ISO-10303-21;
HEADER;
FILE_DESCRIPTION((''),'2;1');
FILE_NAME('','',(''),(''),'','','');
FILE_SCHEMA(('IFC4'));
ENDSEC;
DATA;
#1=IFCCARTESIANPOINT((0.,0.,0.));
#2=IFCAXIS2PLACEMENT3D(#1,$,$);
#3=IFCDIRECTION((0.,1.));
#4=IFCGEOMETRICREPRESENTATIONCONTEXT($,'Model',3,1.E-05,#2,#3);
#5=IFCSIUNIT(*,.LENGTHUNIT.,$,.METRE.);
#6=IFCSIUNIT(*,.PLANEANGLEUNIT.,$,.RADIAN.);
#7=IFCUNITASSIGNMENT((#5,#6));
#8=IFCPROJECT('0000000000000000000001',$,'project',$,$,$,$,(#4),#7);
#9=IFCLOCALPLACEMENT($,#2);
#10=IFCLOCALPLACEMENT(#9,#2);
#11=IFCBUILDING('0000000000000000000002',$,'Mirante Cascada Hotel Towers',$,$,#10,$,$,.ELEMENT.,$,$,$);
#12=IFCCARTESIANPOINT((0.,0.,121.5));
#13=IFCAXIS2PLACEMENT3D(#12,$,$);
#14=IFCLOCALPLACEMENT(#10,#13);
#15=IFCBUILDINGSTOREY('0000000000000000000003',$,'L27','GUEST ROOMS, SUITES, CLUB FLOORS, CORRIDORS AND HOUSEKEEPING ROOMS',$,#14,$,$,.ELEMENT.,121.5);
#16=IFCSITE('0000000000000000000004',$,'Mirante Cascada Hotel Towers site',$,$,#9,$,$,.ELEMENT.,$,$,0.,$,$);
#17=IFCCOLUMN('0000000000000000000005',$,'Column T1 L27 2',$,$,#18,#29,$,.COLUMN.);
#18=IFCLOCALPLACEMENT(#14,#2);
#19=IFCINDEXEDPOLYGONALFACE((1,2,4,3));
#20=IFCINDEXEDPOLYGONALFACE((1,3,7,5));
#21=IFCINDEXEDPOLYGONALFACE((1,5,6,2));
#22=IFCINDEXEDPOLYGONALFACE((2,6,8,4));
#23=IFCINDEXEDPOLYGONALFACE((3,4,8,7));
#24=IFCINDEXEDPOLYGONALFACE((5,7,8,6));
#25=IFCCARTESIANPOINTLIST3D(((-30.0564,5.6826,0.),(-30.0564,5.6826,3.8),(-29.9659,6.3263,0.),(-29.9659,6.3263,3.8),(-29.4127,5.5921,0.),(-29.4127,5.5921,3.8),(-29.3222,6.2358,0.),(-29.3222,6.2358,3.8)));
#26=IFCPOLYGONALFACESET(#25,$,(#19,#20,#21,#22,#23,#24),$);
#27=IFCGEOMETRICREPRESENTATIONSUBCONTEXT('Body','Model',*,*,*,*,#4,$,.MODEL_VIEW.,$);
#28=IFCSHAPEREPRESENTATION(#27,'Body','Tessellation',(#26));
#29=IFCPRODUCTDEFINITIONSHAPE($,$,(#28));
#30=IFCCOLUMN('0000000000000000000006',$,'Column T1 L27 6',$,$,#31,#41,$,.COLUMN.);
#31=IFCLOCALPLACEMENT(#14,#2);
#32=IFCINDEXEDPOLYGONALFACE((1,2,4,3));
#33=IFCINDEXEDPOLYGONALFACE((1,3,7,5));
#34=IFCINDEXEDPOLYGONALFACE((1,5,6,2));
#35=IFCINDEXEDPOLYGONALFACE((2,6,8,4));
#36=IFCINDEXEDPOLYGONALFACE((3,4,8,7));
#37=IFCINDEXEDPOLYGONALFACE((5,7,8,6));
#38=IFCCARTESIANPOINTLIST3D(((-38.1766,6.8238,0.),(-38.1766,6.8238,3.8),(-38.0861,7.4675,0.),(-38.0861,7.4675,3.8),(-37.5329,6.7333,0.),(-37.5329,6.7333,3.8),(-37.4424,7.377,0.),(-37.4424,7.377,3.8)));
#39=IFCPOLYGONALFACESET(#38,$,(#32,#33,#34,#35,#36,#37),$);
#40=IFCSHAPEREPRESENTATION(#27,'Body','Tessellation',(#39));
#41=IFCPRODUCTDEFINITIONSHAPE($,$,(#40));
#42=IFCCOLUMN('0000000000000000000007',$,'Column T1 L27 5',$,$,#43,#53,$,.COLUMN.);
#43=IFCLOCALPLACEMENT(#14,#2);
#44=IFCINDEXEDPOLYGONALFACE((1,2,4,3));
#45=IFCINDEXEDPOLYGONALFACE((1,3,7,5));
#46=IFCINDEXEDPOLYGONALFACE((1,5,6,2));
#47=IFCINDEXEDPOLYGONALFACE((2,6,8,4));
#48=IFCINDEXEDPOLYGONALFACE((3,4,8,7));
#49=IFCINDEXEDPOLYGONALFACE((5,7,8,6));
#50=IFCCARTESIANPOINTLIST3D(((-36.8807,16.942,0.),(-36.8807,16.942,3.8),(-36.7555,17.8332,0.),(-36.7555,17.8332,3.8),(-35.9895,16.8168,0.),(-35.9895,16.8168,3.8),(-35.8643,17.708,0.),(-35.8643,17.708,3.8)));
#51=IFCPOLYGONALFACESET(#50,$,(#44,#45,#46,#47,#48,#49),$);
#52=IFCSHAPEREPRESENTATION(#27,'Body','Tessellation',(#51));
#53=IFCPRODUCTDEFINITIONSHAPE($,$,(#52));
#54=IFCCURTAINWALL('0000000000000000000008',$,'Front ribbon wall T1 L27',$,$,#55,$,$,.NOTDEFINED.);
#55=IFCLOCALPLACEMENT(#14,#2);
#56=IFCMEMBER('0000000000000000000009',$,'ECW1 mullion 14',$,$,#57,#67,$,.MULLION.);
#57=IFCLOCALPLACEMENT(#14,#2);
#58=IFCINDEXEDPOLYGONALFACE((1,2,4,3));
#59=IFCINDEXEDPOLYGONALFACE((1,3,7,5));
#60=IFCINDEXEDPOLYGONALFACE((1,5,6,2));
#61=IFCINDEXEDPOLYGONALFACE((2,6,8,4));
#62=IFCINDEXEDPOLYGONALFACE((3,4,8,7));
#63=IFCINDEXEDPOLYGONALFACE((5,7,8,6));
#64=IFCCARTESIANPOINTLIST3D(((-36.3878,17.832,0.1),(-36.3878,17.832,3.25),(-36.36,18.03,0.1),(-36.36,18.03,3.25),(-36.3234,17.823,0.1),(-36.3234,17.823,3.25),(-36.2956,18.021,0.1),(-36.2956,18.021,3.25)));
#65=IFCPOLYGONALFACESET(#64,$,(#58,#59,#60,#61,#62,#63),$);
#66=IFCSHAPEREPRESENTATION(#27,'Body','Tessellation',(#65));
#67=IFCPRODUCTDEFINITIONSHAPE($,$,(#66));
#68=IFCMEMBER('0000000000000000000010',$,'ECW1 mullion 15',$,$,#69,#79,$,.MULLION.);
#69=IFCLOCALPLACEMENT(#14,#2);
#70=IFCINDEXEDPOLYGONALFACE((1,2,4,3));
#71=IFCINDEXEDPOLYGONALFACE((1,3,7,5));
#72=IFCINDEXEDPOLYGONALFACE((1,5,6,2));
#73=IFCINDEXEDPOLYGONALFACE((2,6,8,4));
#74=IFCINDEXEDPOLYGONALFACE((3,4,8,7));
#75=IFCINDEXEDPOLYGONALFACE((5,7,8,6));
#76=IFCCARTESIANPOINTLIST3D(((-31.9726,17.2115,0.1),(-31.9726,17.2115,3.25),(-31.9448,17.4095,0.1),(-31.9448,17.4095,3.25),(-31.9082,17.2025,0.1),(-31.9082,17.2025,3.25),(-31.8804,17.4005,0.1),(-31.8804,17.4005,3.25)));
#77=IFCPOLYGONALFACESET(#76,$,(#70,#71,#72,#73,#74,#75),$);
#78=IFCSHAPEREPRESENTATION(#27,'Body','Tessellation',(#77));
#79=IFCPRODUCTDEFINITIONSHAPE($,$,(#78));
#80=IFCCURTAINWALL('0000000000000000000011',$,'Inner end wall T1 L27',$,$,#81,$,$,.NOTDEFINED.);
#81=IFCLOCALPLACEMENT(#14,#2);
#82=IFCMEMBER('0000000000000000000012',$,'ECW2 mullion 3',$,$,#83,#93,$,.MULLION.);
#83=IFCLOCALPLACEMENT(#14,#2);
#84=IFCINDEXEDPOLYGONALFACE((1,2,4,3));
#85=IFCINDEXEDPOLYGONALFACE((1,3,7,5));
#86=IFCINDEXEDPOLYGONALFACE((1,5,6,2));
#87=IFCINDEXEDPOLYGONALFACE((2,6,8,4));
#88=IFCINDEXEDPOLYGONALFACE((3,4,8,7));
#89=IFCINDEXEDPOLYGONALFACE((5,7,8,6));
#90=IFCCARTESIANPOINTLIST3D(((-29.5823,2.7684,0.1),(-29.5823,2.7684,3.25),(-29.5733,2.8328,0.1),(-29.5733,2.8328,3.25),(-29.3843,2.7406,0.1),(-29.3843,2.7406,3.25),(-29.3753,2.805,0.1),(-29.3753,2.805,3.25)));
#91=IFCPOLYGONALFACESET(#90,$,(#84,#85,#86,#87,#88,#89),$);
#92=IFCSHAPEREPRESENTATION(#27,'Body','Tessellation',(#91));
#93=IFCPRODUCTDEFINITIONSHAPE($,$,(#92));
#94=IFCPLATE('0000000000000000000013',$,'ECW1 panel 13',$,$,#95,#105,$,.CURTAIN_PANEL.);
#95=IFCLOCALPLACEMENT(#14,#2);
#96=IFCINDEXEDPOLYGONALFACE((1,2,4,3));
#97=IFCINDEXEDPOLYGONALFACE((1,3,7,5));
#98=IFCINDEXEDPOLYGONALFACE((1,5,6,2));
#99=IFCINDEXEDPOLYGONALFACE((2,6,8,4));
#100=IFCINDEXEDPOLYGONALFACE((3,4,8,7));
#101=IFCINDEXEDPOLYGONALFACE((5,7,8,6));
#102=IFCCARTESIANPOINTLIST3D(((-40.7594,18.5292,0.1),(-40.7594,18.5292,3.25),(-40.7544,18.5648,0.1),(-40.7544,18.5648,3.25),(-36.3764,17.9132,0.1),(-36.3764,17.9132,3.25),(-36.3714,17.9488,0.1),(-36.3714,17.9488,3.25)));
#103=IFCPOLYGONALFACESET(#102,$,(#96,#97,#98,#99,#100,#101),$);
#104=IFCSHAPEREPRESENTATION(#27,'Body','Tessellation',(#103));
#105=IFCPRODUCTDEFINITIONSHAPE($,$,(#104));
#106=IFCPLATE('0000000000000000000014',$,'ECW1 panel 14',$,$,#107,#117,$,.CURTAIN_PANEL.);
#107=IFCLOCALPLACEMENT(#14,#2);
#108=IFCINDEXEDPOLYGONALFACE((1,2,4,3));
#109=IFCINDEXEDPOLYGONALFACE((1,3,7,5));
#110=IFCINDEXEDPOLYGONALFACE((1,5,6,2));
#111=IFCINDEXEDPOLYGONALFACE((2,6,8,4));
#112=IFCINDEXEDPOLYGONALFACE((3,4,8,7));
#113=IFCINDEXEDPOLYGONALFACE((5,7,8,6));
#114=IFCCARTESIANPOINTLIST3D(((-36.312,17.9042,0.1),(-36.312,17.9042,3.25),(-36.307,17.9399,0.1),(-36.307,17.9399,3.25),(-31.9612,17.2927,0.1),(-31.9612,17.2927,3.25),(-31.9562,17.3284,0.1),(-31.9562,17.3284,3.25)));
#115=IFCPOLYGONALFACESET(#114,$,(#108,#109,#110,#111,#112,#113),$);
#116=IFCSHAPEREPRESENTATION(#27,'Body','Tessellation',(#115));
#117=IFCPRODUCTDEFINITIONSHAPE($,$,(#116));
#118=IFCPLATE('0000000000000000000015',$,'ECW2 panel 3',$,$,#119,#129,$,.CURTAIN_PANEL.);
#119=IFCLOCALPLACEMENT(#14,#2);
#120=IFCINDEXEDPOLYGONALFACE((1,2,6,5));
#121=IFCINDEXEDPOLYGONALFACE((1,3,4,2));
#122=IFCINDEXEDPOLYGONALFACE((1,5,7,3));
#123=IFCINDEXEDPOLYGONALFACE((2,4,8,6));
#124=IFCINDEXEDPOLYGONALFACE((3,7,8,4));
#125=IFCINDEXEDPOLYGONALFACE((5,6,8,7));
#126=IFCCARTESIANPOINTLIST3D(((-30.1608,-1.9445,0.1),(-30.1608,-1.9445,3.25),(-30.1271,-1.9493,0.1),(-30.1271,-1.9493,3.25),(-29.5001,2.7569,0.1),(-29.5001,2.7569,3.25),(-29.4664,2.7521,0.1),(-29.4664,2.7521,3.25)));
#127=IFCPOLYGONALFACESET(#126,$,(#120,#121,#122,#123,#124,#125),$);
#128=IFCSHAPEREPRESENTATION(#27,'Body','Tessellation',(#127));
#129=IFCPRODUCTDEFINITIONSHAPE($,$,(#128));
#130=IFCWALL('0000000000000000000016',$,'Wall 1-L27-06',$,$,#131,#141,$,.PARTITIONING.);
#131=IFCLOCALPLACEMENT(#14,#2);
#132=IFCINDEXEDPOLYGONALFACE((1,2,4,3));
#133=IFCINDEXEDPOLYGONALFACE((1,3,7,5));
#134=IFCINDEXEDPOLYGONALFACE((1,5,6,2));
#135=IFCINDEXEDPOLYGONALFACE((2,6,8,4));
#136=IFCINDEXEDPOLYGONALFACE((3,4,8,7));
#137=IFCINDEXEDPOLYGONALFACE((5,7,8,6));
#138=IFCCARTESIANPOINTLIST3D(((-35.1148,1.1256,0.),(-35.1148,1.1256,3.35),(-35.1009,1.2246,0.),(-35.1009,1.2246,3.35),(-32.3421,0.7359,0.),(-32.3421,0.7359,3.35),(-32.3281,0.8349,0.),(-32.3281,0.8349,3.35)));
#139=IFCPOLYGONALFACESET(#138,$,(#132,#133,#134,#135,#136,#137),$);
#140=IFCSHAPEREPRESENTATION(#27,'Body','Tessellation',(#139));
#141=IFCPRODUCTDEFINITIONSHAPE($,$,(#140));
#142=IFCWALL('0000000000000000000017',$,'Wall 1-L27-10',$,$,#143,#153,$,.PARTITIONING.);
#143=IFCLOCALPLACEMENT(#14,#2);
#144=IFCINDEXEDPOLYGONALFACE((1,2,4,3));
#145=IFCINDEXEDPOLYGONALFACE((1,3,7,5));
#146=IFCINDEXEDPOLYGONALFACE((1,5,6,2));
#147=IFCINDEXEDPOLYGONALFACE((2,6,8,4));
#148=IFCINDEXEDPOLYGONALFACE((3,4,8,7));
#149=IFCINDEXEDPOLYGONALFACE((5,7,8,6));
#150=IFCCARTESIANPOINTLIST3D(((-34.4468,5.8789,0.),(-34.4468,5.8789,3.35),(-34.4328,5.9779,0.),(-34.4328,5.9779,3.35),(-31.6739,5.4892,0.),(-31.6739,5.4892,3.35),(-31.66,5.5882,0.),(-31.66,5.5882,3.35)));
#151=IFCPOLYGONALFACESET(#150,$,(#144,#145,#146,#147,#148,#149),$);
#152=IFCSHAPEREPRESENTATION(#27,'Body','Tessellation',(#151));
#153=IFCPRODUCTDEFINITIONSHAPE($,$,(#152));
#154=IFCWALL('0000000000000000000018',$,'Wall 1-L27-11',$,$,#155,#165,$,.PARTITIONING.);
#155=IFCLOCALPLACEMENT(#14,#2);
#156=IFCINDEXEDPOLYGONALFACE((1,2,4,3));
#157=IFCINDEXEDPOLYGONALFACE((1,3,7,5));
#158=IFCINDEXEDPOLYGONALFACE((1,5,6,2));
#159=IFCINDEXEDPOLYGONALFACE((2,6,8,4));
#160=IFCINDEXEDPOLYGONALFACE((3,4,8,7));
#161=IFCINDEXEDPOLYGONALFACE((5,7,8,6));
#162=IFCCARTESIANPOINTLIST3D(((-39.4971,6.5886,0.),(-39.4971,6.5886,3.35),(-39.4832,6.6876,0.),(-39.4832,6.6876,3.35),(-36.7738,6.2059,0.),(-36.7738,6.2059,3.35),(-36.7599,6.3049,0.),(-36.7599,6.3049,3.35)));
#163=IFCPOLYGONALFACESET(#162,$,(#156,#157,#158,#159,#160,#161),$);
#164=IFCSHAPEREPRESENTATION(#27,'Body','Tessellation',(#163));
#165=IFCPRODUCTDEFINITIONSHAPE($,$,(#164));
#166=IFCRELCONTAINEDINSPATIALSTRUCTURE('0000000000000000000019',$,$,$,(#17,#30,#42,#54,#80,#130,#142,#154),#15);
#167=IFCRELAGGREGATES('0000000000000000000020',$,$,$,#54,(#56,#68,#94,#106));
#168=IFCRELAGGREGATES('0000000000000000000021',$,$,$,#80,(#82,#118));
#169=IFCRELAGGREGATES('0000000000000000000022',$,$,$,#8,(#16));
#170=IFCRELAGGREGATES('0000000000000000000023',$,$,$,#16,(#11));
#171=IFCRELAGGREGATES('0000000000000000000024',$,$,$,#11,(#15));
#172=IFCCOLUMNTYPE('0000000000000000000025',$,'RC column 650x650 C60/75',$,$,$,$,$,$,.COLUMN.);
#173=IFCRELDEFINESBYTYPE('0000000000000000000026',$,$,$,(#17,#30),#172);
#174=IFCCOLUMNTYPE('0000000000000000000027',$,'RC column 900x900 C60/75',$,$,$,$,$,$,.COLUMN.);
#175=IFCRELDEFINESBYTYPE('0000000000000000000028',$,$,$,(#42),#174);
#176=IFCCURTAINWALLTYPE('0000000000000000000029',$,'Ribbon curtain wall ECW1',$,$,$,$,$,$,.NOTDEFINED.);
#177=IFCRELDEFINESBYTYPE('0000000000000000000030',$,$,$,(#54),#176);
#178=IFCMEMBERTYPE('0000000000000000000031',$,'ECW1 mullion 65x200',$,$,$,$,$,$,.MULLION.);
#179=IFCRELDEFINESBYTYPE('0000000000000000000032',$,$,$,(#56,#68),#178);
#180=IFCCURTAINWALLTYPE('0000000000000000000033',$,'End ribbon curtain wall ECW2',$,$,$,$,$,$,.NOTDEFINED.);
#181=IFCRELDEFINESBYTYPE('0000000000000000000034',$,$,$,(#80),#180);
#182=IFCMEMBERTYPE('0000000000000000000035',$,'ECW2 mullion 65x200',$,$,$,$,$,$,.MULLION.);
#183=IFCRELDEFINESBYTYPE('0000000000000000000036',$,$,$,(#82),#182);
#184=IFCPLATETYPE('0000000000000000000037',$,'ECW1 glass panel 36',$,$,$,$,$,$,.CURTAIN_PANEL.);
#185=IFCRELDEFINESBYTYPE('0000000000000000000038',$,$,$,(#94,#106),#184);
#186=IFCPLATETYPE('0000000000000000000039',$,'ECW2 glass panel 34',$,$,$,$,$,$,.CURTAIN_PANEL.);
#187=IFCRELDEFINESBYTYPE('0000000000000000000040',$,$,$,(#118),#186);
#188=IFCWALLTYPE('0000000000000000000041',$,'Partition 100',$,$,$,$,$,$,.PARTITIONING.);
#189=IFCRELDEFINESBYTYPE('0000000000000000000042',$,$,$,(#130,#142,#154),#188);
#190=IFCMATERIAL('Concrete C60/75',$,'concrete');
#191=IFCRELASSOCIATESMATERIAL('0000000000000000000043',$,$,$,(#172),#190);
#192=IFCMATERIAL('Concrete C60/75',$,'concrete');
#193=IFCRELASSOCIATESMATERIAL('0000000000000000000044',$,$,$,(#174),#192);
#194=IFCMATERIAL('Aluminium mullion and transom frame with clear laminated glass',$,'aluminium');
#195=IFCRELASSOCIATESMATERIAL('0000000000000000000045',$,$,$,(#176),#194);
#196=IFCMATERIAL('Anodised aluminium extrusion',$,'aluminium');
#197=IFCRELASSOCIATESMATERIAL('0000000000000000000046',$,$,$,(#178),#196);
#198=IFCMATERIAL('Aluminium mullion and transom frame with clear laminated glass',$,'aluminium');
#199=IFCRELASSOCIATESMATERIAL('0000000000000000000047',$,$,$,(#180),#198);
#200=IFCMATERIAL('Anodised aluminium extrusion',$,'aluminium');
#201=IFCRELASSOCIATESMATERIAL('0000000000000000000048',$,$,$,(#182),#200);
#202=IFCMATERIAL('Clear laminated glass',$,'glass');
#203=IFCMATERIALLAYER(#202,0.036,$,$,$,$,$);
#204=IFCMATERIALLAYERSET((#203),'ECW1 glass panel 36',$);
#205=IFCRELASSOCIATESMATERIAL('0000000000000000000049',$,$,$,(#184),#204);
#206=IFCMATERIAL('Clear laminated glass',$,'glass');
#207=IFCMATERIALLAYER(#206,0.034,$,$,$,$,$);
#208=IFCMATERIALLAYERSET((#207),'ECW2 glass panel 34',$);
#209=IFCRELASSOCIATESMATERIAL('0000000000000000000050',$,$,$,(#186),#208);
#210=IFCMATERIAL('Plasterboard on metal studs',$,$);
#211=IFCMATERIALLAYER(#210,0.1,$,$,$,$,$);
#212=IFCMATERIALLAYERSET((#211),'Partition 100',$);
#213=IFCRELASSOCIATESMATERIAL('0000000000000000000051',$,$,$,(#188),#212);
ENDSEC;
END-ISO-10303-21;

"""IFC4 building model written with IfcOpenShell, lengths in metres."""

from ifc_helpers import new_model, si_unit, direction, frame, frame_2d, origin, origin_2d, place, context, subcontext, project, spatial, rectangle, extrude, material, layer, layer_set, material_profile, profile_set, type_object, element, aggregate, save


model = new_model("IFC4")

# Units and contexts
model_context = context("Model", 3, precision=1e-05, world=origin(), true_north=direction((0.0, 1.0)))
body_context = subcontext(model_context, "Body", "Model", "MODEL_VIEW")
ifc_project = project(units=[si_unit("LENGTHUNIT", "METRE"), si_unit("PLANEANGLEUNIT", "RADIAN")], contexts=[model_context])

# Site, building, storey
site_placement = place(None, origin())
site = spatial("IfcSite", under=ifc_project, at=site_placement, Name="Mirante Cascada Hotel Towers site", CompositionType="ELEMENT", RefElevation=0.0)
building_placement = place(site_placement, origin())
building = spatial("IfcBuilding", under=site, at=building_placement, Name="Mirante Cascada Hotel Towers", CompositionType="ELEMENT")
storey_placement = place(building_placement, frame((0.0, 0.0, 121.5)))
storey = spatial("IfcBuildingStorey", under=building, at=storey_placement, Name="L27", Description="GUEST ROOMS, SUITES, CLUB FLOORS, CORRIDORS AND HOUSEKEEPING ROOMS", CompositionType="ELEMENT", Elevation=121.5)

# Columns
ifc_material_1 = material(Name="Concrete C60/75", Category="concrete")
ifc_material_profile_1 = material_profile(ifc_material_1, rectangle(XDim=0.65, YDim=0.65, at=origin_2d()), Name="RC column 650x650 C60/75")
ifc_profile_set_1 = profile_set([ifc_material_profile_1], Name="Concrete C60/75")
column_type_1 = type_object("IfcColumnType", Name="RC column 650x650 C60/75", PredefinedType="COLUMN", material=ifc_profile_set_1)
for number, where, z_axis, x_axis, name in (
    (1, (-29.6893, 5.9592, 0.0), (0.0, 0.0, 1.0), (-0.990268, 0.139173, 0.0), "Column T1 L27 2"),
    (2, (-37.8095, 7.1004, 0.0), (0.0, 0.0, 1.0), (-0.990268, 0.139173, 0.0), "Column T1 L27 6"),
):
    element("IfcColumn", number, at=place(storey_placement, frame(where, z_axis=z_axis, x_axis=x_axis)), inside=storey, type_object=column_type_1, Name=name, PredefinedType="COLUMN", context=body_context, shape_type="SweptSolid", body=[
        extrude(rectangle(XDim=0.65, YDim=0.65, at=origin_2d()), origin(), (0.0, 0.0, 1.0), 3.8),
    ])
ifc_material_2 = material(Name="Concrete C60/75", Category="concrete")
ifc_material_profile_2 = material_profile(ifc_material_2, rectangle(XDim=0.9, YDim=0.9, at=origin_2d()), Name="RC column 900x900 C60/75")
ifc_profile_set_2 = profile_set([ifc_material_profile_2], Name="Concrete C60/75")
column_type_2 = type_object("IfcColumnType", Name="RC column 900x900 C60/75", PredefinedType="COLUMN", material=ifc_profile_set_2)
column_placement = place(storey_placement, frame((-36.3725, 17.325, 0.0), z_axis=(0.0, 0.0, 1.0), x_axis=(-0.990268, 0.139173, 0.0)))
element("IfcColumn", 3, at=column_placement, inside=storey, type_object=column_type_2, Name="Column T1 L27 5", PredefinedType="COLUMN", context=body_context, shape_type="SweptSolid", body=[
    extrude(rectangle(XDim=0.9, YDim=0.9, at=origin_2d()), origin(), (0.0, 0.0, 1.0), 3.8),
])

# Curtain wall, members
ifc_material_3 = material(Name="Aluminium mullion and transom frame with clear laminated glass", Category="aluminium")
curtain_wall_type_1 = type_object("IfcCurtainWallType", Name="Ribbon curtain wall ECW1", PredefinedType="NOTDEFINED", material=ifc_material_3)
curtain_wall_1_placement = place(storey_placement, origin())
curtain_wall_1 = element("IfcCurtainWall", 4, at=curtain_wall_1_placement, inside=storey, type_object=curtain_wall_type_1, Name="Front ribbon wall T1 L27", PredefinedType="NOTDEFINED")
ifc_material_4 = material(Name="Anodised aluminium extrusion", Category="aluminium")
ifc_material_profile_3 = material_profile(ifc_material_4, rectangle(XDim=0.2, YDim=0.065, at=origin_2d()), Name="ECW1 MULLION 65x200")
ifc_profile_set_3 = profile_set([ifc_material_profile_3], Name="Anodised aluminium extrusion")
member_type_1 = type_object("IfcMemberType", Name="ECW1 mullion 65x200", PredefinedType="MULLION", material=ifc_profile_set_3)
member_1_placement = place(storey_placement, frame((-36.3417, 17.9265, 0.1), z_axis=(0.0, 0.0, 1.0), x_axis=(0.139173, 0.990268, 0.0)))
member_1 = element("IfcMember", 5, at=member_1_placement, type_object=member_type_1, Name="ECW1 mullion 14", PredefinedType="MULLION", context=body_context, shape_type="SweptSolid", body=[
    extrude(rectangle(XDim=0.2, YDim=0.065, at=origin_2d()), origin(), (0.0, 0.0, 1.0), 3.15),
])
member_2_placement = place(storey_placement, frame((-31.9265, 17.306, 0.1), z_axis=(0.0, 0.0, 1.0), x_axis=(0.139173, 0.990268, 0.0)))
member_2 = element("IfcMember", 6, at=member_2_placement, type_object=member_type_1, Name="ECW1 mullion 15", PredefinedType="MULLION", context=body_context, shape_type="SweptSolid", body=[
    extrude(rectangle(XDim=0.2, YDim=0.065, at=origin_2d()), origin(), (0.0, 0.0, 1.0), 3.15),
])

# Curtain wall, member
ifc_material_5 = material(Name="Aluminium mullion and transom frame with clear laminated glass", Category="aluminium")
curtain_wall_type_2 = type_object("IfcCurtainWallType", Name="End ribbon curtain wall ECW2", PredefinedType="NOTDEFINED", material=ifc_material_5)
curtain_wall_2_placement = place(storey_placement, origin())
curtain_wall_2 = element("IfcCurtainWall", 7, at=curtain_wall_2_placement, inside=storey, type_object=curtain_wall_type_2, Name="Inner end wall T1 L27", PredefinedType="NOTDEFINED")
ifc_material_6 = material(Name="Anodised aluminium extrusion", Category="aluminium")
ifc_material_profile_4 = material_profile(ifc_material_6, rectangle(XDim=0.2, YDim=0.065, at=origin_2d()), Name="ECW2 MULLION 65x200")
ifc_profile_set_4 = profile_set([ifc_material_profile_4], Name="Anodised aluminium extrusion")
member_type_2 = type_object("IfcMemberType", Name="ECW2 mullion 65x200", PredefinedType="MULLION", material=ifc_profile_set_4)
member_3_placement = place(storey_placement, frame((-29.4788, 2.7867, 0.1), z_axis=(0.0, 0.0, 1.0), x_axis=(0.990268, -0.139173, 0.0)))
member_3 = element("IfcMember", 8, at=member_3_placement, type_object=member_type_2, Name="ECW2 mullion 3", PredefinedType="MULLION", context=body_context, shape_type="SweptSolid", body=[
    extrude(rectangle(XDim=0.2, YDim=0.065, at=origin_2d()), origin(), (0.0, 0.0, 1.0), 3.15),
])

# Plates
ifc_material_7 = material(Name="Clear laminated glass", Category="glass")
ifc_layer_1 = layer(ifc_material_7, 0.036)
ifc_layer_set_1 = layer_set([ifc_layer_1], Name="ECW1 glass panel 36")
plate_type_1 = type_object("IfcPlateType", Name="ECW1 glass panel 36", PredefinedType="CURTAIN_PANEL", material=ifc_layer_set_1)
plate_1_placement = place(storey_placement, frame((-38.5654, 18.239, 0.1), z_axis=(0.0, 0.0, 1.0), x_axis=(0.990268, -0.139173, 0.0)))
plate_1 = element("IfcPlate", 9, at=plate_1_placement, type_object=plate_type_1, Name="ECW1 panel 13", PredefinedType="CURTAIN_PANEL", context=body_context, shape_type="SweptSolid", body=[
    extrude(rectangle(XDim=4.4261, YDim=0.036, at=origin_2d()), origin(), (0.0, 0.0, 1.0), 3.15),
])
plate_2_placement = place(storey_placement, frame((-34.1341, 17.6163, 0.1), z_axis=(0.0, 0.0, 1.0), x_axis=(0.990268, -0.139173, 0.0)))
plate_2 = element("IfcPlate", 10, at=plate_2_placement, type_object=plate_type_1, Name="ECW1 panel 14", PredefinedType="CURTAIN_PANEL", context=body_context, shape_type="SweptSolid", body=[
    extrude(rectangle(XDim=4.3936, YDim=0.036, at=origin_2d()), origin(), (0.0, 0.0, 1.0), 3.15),
])
aggregate(curtain_wall_1, [member_1, member_2, plate_1, plate_2])
ifc_material_8 = material(Name="Clear laminated glass", Category="glass")
ifc_layer_2 = layer(ifc_material_8, 0.034)
ifc_layer_set_2 = layer_set([ifc_layer_2], Name="ECW2 glass panel 34")
plate_type_2 = type_object("IfcPlateType", Name="ECW2 glass panel 34", PredefinedType="CURTAIN_PANEL", material=ifc_layer_set_2)
plate_3_placement = place(storey_placement, frame((-29.8136, 0.4038, 0.1), z_axis=(0.0, 0.0, 1.0), x_axis=(-0.139173, -0.990268, 0.0)))
plate_3 = element("IfcPlate", 11, at=plate_3_placement, type_object=plate_type_2, Name="ECW2 panel 3", PredefinedType="CURTAIN_PANEL", context=body_context, shape_type="SweptSolid", body=[
    extrude(rectangle(XDim=4.7476, YDim=0.034, at=origin_2d()), origin(), (0.0, 0.0, 1.0), 3.15),
])
aggregate(curtain_wall_2, [member_3, plate_3])

# Walls
ifc_material_9 = material(Name="Plasterboard on metal studs")
ifc_layer_3 = layer(ifc_material_9, 0.1)
ifc_layer_set_3 = layer_set([ifc_layer_3], Name="Partition 100")
wall_type_1 = type_object("IfcWallType", Name="Partition 100", PredefinedType="PARTITIONING", material=ifc_layer_set_3)
wall_1_placement = place(storey_placement, frame((-32.3351, 0.7854, 0.0), z_axis=(0.0, 0.0, 1.0), x_axis=(-0.990267, 0.139181, 0.0)))
element("IfcWall", 12, at=wall_1_placement, inside=storey, type_object=wall_type_1, Name="Wall 1-L27-06", PredefinedType="PARTITIONING", context=body_context, shape_type="SweptSolid", body=[
    extrude(rectangle(XDim=2.8, YDim=0.1, at=frame_2d((1.4, 0.0))), origin(), (0.0, 0.0, 1.0), 3.35),
])
wall_2_placement = place(storey_placement, frame((-31.667, 5.5387, 0.0), z_axis=(0.0, 0.0, 1.0), x_axis=(-0.990268, 0.139176, 0.0)))
element("IfcWall", 13, at=wall_2_placement, inside=storey, type_object=wall_type_1, Name="Wall 1-L27-10", PredefinedType="PARTITIONING", context=body_context, shape_type="SweptSolid", body=[
    extrude(rectangle(XDim=2.8001, YDim=0.1, at=frame_2d((1.4, 0.0))), origin(), (0.0, 0.0, 1.0), 3.35),
])
wall_3_placement = place(storey_placement, frame((-39.4902, 6.6381, 0.0), z_axis=(0.0, 0.0, 1.0), x_axis=(0.99027, -0.139161, 0.0)))
element("IfcWall", 14, at=wall_3_placement, inside=storey, type_object=wall_type_1, Name="Wall 1-L27-11", PredefinedType="PARTITIONING", context=body_context, shape_type="SweptSolid", body=[
    extrude(rectangle(XDim=2.7501, YDim=0.1, at=frame_2d((1.3751, 0.0))), origin(), (0.0, 0.0, 1.0), 3.35),
])

save(model, "model.ifc")
